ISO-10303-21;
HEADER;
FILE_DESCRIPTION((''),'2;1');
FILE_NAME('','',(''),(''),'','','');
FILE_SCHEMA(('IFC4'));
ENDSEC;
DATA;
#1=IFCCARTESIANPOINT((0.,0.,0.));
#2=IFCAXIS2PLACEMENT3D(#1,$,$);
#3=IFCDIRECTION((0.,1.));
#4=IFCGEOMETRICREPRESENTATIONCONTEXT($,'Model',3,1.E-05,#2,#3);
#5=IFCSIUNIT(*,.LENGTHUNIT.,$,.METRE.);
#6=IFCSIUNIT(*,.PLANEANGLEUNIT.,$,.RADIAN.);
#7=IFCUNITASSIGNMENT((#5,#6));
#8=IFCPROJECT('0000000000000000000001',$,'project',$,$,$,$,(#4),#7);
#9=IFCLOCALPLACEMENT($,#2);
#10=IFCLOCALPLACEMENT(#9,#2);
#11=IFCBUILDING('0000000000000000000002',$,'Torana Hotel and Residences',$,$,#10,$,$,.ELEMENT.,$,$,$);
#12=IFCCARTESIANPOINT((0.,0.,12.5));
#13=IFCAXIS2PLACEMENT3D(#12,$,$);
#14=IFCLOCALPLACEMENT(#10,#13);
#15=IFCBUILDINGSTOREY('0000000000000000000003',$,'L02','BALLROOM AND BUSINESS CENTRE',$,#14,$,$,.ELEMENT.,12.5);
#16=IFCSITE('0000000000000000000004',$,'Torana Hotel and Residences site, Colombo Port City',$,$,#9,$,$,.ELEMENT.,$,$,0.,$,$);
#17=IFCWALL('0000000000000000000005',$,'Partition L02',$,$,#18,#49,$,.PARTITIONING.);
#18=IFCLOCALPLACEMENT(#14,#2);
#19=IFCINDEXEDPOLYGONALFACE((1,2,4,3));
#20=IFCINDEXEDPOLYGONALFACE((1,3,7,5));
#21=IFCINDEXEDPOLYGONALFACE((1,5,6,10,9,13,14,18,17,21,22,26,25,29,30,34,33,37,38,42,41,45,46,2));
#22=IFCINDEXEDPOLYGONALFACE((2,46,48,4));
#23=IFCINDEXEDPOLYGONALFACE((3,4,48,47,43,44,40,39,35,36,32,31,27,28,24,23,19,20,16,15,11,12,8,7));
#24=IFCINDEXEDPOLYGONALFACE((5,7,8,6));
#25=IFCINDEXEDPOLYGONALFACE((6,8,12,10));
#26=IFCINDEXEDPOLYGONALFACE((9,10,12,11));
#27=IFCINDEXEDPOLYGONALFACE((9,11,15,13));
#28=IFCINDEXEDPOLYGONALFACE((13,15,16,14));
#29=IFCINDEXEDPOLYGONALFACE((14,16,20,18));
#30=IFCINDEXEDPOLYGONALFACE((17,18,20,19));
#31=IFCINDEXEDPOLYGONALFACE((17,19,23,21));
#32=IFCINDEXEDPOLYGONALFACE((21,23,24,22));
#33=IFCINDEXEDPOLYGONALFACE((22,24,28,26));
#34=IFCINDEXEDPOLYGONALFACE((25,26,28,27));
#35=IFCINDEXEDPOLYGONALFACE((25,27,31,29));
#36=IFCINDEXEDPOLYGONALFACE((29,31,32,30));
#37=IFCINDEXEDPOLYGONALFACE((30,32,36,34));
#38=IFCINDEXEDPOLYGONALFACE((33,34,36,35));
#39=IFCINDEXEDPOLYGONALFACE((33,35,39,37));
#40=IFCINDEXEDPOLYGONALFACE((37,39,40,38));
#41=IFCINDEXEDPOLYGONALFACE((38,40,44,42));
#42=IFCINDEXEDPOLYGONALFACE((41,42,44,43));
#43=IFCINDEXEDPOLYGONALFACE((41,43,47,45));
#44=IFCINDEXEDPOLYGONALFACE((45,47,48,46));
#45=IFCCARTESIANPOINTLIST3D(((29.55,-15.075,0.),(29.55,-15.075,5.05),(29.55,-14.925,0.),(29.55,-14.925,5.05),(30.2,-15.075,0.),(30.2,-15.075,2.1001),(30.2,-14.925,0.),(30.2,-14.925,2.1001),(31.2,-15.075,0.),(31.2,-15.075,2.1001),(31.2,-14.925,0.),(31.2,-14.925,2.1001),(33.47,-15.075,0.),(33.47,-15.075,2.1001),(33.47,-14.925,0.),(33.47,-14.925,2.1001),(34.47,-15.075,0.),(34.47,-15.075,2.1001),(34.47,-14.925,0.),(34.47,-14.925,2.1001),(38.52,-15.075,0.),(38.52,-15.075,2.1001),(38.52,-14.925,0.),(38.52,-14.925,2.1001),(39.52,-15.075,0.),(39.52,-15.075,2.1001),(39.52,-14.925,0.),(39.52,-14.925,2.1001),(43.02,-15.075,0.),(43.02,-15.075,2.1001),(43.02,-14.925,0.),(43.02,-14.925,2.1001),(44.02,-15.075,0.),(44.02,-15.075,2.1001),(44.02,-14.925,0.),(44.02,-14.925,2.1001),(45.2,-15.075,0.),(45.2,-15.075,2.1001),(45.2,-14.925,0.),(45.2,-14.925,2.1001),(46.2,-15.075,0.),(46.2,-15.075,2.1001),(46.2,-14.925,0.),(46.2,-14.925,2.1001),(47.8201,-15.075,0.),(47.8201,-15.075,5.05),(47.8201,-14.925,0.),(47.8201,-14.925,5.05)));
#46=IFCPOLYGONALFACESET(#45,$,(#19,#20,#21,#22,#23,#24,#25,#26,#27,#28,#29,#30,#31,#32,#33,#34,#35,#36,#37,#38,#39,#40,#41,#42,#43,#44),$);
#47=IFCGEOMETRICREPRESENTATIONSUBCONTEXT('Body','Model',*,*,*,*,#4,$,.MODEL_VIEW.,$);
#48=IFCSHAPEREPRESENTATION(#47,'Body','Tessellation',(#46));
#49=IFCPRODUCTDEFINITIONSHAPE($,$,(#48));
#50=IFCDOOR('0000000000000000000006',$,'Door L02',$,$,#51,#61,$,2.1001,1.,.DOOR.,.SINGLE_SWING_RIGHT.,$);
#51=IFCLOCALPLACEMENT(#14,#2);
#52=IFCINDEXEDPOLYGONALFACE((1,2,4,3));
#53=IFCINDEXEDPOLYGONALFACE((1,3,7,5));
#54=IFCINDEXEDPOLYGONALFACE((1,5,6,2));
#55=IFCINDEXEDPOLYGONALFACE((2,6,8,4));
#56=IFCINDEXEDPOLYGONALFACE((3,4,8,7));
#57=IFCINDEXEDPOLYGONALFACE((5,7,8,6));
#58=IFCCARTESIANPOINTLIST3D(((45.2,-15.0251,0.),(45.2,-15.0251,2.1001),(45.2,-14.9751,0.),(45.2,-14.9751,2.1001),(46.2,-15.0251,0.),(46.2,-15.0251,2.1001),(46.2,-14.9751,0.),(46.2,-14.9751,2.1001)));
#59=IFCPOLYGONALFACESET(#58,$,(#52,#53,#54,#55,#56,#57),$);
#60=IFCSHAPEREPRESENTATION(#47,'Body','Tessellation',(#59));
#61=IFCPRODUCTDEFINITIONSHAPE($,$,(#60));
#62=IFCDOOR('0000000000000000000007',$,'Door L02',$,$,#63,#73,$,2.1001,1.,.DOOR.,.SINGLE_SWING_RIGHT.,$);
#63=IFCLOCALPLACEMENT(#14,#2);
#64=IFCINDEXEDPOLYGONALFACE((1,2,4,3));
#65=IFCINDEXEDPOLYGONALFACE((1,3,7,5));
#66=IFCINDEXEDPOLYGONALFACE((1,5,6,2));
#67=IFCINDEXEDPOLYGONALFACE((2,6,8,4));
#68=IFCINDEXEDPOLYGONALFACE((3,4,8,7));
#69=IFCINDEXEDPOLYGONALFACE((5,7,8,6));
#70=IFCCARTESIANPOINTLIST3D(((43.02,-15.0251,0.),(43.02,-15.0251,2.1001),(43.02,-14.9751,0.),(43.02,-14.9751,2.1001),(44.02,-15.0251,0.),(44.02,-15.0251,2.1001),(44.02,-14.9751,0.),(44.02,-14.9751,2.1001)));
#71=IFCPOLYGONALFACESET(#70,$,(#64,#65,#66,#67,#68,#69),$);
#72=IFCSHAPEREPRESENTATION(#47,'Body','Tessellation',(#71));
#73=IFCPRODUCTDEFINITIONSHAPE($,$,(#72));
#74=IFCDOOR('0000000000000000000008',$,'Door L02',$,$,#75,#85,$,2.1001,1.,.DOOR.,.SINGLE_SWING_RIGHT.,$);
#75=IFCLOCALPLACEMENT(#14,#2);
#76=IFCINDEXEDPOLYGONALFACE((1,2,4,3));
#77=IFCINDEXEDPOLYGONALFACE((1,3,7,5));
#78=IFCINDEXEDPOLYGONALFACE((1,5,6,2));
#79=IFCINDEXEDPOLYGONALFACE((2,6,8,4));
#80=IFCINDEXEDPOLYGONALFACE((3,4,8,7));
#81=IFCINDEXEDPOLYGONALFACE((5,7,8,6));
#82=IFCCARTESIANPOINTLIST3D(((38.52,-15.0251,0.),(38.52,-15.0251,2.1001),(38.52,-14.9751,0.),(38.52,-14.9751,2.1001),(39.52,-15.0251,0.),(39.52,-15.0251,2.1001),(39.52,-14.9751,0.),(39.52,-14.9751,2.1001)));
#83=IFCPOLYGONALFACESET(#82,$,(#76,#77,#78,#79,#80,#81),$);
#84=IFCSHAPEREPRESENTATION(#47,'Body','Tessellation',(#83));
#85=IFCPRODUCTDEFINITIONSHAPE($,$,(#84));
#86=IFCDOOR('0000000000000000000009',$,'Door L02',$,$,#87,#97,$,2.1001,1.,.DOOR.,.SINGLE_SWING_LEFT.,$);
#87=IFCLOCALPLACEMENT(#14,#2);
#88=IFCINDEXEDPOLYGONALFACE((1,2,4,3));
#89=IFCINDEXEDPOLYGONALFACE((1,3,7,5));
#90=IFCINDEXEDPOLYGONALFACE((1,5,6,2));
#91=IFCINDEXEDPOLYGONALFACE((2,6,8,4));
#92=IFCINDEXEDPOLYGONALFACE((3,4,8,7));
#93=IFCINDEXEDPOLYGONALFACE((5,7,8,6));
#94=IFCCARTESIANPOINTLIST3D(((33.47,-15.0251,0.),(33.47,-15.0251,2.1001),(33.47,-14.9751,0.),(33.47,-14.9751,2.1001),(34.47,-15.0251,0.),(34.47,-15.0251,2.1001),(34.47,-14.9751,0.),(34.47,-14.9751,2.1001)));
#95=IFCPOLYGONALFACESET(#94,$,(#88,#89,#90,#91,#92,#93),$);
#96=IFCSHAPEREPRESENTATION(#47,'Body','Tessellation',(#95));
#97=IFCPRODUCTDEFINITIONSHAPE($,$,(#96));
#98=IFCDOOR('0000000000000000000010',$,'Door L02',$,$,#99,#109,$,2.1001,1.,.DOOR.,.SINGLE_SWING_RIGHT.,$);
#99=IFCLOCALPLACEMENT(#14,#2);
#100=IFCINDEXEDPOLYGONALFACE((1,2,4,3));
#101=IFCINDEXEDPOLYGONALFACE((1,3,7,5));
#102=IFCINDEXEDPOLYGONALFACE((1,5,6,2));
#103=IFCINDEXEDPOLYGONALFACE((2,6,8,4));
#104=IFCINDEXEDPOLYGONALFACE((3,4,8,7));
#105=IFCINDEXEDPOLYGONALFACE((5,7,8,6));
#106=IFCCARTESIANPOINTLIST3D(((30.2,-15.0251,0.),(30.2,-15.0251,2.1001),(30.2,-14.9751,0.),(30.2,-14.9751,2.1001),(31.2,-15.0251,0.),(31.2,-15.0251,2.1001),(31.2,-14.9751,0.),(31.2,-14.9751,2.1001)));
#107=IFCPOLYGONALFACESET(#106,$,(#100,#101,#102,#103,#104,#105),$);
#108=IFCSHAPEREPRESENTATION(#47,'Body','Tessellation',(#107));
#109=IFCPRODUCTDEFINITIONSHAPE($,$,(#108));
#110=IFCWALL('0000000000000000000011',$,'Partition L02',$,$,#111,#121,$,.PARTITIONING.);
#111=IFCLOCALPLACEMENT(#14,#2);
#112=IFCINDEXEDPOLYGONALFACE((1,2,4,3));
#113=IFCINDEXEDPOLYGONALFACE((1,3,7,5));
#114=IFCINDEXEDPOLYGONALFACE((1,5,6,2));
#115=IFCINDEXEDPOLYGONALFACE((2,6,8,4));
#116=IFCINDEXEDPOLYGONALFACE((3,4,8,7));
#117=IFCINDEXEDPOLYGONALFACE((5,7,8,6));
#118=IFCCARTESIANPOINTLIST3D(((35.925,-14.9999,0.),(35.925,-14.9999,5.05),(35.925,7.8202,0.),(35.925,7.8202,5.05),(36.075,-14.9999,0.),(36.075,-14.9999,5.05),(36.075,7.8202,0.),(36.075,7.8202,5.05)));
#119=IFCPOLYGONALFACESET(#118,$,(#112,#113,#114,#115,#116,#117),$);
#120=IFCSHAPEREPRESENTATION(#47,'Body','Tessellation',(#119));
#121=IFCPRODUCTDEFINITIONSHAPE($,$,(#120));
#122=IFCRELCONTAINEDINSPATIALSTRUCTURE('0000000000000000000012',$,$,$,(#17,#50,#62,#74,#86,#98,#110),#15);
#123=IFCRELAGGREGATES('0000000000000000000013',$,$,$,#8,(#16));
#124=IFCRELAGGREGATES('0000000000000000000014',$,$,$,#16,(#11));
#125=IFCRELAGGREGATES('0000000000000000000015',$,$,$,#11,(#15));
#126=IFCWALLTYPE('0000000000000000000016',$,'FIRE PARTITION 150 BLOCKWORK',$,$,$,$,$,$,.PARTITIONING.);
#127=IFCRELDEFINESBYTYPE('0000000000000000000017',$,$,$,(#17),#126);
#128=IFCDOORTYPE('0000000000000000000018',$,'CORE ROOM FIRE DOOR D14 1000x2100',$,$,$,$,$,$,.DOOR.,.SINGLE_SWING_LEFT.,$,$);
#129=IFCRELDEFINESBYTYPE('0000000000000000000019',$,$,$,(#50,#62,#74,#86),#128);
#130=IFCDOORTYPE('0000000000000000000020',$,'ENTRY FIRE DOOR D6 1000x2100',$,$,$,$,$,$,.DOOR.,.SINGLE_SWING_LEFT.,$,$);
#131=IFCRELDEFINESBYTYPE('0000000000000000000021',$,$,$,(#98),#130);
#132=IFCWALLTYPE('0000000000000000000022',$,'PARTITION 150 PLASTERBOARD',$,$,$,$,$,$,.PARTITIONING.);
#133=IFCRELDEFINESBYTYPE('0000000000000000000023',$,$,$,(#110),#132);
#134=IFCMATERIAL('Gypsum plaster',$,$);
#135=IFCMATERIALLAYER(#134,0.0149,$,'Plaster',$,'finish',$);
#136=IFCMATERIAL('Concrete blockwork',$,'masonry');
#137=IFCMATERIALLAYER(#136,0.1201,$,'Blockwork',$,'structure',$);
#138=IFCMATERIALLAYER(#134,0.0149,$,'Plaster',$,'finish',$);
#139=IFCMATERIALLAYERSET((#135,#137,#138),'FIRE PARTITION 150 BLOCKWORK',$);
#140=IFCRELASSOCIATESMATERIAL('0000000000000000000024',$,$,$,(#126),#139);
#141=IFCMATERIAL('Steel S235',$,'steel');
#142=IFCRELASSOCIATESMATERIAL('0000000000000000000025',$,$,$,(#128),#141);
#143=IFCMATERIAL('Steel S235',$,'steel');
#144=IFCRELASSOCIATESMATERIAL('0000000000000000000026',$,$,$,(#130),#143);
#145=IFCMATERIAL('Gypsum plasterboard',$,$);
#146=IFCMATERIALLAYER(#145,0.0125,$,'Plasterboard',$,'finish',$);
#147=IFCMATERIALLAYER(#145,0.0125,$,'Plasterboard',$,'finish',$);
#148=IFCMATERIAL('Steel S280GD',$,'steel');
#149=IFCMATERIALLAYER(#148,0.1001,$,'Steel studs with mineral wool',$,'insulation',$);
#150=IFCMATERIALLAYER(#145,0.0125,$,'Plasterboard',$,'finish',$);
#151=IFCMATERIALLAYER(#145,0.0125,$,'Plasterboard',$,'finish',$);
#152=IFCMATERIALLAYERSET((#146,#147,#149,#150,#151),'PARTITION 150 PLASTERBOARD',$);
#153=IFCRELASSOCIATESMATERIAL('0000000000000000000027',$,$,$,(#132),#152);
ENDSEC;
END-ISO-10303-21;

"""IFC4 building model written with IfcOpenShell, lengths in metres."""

from ifc_helpers import new_model, si_unit, direction, frame, frame_2d, origin, place, context, subcontext, project, spatial, rectangle, extrude, material, layer, layer_set, type_object, element, fill, save


model = new_model("IFC4")

# Units and contexts
model_context = context("Model", 3, precision=1e-05, world=origin(), true_north=direction((0.0, 1.0)))
body_context = subcontext(model_context, "Body", "Model", "MODEL_VIEW")
ifc_project = project(units=[si_unit("LENGTHUNIT", "METRE"), si_unit("PLANEANGLEUNIT", "RADIAN")], contexts=[model_context])

# Site, building, storey
site_placement = place(None, origin())
site = spatial("IfcSite", under=ifc_project, at=site_placement, Name="Torana Hotel and Residences site, Colombo Port City", CompositionType="ELEMENT", RefElevation=0.0)
building_placement = place(site_placement, origin())
building = spatial("IfcBuilding", under=site, at=building_placement, Name="Torana Hotel and Residences", CompositionType="ELEMENT")
storey_placement = place(building_placement, frame((0.0, 0.0, 12.5)))
storey = spatial("IfcBuildingStorey", under=building, at=storey_placement, Name="L02", Description="BALLROOM AND BUSINESS CENTRE", CompositionType="ELEMENT", Elevation=12.5)

# Shared definitions
ifc_material_1 = material(Name="Gypsum plaster")
ifc_layer_1 = layer(ifc_material_1, 0.0149, Name="Plaster", Category="finish")
ifc_material_2 = material(Name="Concrete blockwork", Category="masonry")
ifc_layer_2 = layer(ifc_material_2, 0.1201, Name="Blockwork", Category="structure")
ifc_layer_3 = layer(ifc_material_1, 0.0149, Name="Plaster", Category="finish")
ifc_layer_set_1 = layer_set([ifc_layer_1, ifc_layer_2, ifc_layer_3], Name="FIRE PARTITION 150 BLOCKWORK")
wall_type_1 = type_object("IfcWallType", Name="FIRE PARTITION 150 BLOCKWORK", PredefinedType="PARTITIONING", material=ifc_layer_set_1)

# Wall, openings, doors
wall_1_placement = place(storey_placement, frame((29.55, -15.0, 0.0), z_axis=(0.0, 0.0, 1.0), x_axis=(1.0, 0.0, 0.0)))
wall_1 = element("IfcWall", 1, at=wall_1_placement, inside=storey, type_object=wall_type_1, Name="Partition L02", PredefinedType="PARTITIONING", context=body_context, shape_type="SweptSolid", body=[
    extrude(rectangle(XDim=18.27, YDim=0.1499, at=frame_2d((9.135, 0.0))), origin(), (0.0, 0.0, 1.0), 5.05),
])
opening_1_placement = place(wall_1_placement, frame((15.6499, 0.0, 0.0)))
opening_1 = element("IfcOpeningElement", 2, at=opening_1_placement, cuts=wall_1, PredefinedType="OPENING", context=body_context, shape_type="SweptSolid", body=[
    extrude(rectangle(XDim=1.0, YDim=2.1001, at=frame_2d((0.5, 1.05))), frame((0.0, 0.085, 0.0), z_axis=(0.0, -1.0, 0.0), x_axis=(1.0, 0.0, 0.0)), (0.0, 0.0, 1.0), 0.1699),
])
opening_2_placement = place(wall_1_placement, frame((13.47, 0.0, 0.0)))
opening_2 = element("IfcOpeningElement", 3, at=opening_2_placement, cuts=wall_1, PredefinedType="OPENING", context=body_context, shape_type="SweptSolid", body=[
    extrude(rectangle(XDim=1.0, YDim=2.1001, at=frame_2d((0.5, 1.05))), frame((0.0, 0.085, 0.0), z_axis=(0.0, -1.0, 0.0), x_axis=(1.0, 0.0, 0.0)), (0.0, 0.0, 1.0), 0.1699),
])
opening_3_placement = place(wall_1_placement, frame((8.97, 0.0, 0.0)))
opening_3 = element("IfcOpeningElement", 4, at=opening_3_placement, cuts=wall_1, PredefinedType="OPENING", context=body_context, shape_type="SweptSolid", body=[
    extrude(rectangle(XDim=1.0, YDim=2.1001, at=frame_2d((0.5, 1.05))), frame((0.0, 0.085, 0.0), z_axis=(0.0, -1.0, 0.0), x_axis=(1.0, 0.0, 0.0)), (0.0, 0.0, 1.0), 0.1699),
])
opening_4_placement = place(wall_1_placement, frame((3.9199, 0.0, 0.0)))
opening_4 = element("IfcOpeningElement", 5, at=opening_4_placement, cuts=wall_1, PredefinedType="OPENING", context=body_context, shape_type="SweptSolid", body=[
    extrude(rectangle(XDim=1.0, YDim=2.1001, at=frame_2d((0.5, 1.05))), frame((0.0, 0.085, 0.0), z_axis=(0.0, -1.0, 0.0), x_axis=(1.0, 0.0, 0.0)), (0.0, 0.0, 1.0), 0.1699),
])
opening_5_placement = place(wall_1_placement, frame((0.6499, 0.0, 0.0)))
opening_5 = element("IfcOpeningElement", 6, at=opening_5_placement, cuts=wall_1, PredefinedType="OPENING", context=body_context, shape_type="SweptSolid", body=[
    extrude(rectangle(XDim=1.0, YDim=2.1001, at=frame_2d((0.5, 1.05))), frame((0.0, 0.085, 0.0), z_axis=(0.0, -1.0, 0.0), x_axis=(1.0, 0.0, 0.0)), (0.0, 0.0, 1.0), 0.1699),
])
ifc_material_3 = material(Name="Steel S235", Category="steel")
door_type_1 = type_object("IfcDoorType", Name="CORE ROOM FIRE DOOR D14 1000x2100", OperationType="SINGLE_SWING_LEFT", PredefinedType="DOOR", material=ifc_material_3)
door_1_placement = place(opening_1_placement, origin())
door_1 = element("IfcDoor", 7, at=door_1_placement, inside=storey, type_object=door_type_1, Name="Door L02", OperationType="SINGLE_SWING_RIGHT", OverallHeight=2.1001, OverallWidth=1.0, PredefinedType="DOOR", context=body_context, shape_type="SweptSolid", body=[
    extrude(rectangle(XDim=1.0, YDim=2.1001, at=frame_2d((0.5, 1.05))), frame((0.0, 0.0249, 0.0), z_axis=(0.0, -1.0, 0.0), x_axis=(1.0, 0.0, 0.0)), (0.0, 0.0, 1.0), 0.05),
])
fill(opening_1, door_1)
door_2_placement = place(opening_2_placement, origin())
door_2 = element("IfcDoor", 8, at=door_2_placement, inside=storey, type_object=door_type_1, Name="Door L02", OperationType="SINGLE_SWING_RIGHT", OverallHeight=2.1001, OverallWidth=1.0, PredefinedType="DOOR", context=body_context, shape_type="SweptSolid", body=[
    extrude(rectangle(XDim=1.0, YDim=2.1001, at=frame_2d((0.5, 1.05))), frame((0.0, 0.0249, 0.0), z_axis=(0.0, -1.0, 0.0), x_axis=(1.0, 0.0, 0.0)), (0.0, 0.0, 1.0), 0.05),
])
fill(opening_2, door_2)
door_3_placement = place(opening_3_placement, origin())
door_3 = element("IfcDoor", 9, at=door_3_placement, inside=storey, type_object=door_type_1, Name="Door L02", OperationType="SINGLE_SWING_RIGHT", OverallHeight=2.1001, OverallWidth=1.0, PredefinedType="DOOR", context=body_context, shape_type="SweptSolid", body=[
    extrude(rectangle(XDim=1.0, YDim=2.1001, at=frame_2d((0.5, 1.05))), frame((0.0, 0.0249, 0.0), z_axis=(0.0, -1.0, 0.0), x_axis=(1.0, 0.0, 0.0)), (0.0, 0.0, 1.0), 0.05),
])
fill(opening_3, door_3)
door_4_placement = place(opening_4_placement, origin())
door_4 = element("IfcDoor", 10, at=door_4_placement, inside=storey, type_object=door_type_1, Name="Door L02", OperationType="SINGLE_SWING_LEFT", OverallHeight=2.1001, OverallWidth=1.0, PredefinedType="DOOR", context=body_context, shape_type="SweptSolid", body=[
    extrude(rectangle(XDim=1.0, YDim=2.1001, at=frame_2d((0.5, 1.05))), frame((0.0, 0.0249, 0.0), z_axis=(0.0, -1.0, 0.0), x_axis=(1.0, 0.0, 0.0)), (0.0, 0.0, 1.0), 0.05),
])
fill(opening_4, door_4)
ifc_material_4 = material(Name="Steel S235", Category="steel")
door_type_2 = type_object("IfcDoorType", Name="ENTRY FIRE DOOR D6 1000x2100", OperationType="SINGLE_SWING_LEFT", PredefinedType="DOOR", material=ifc_material_4)
door_5_placement = place(opening_5_placement, origin())
door_5 = element("IfcDoor", 11, at=door_5_placement, inside=storey, type_object=door_type_2, Name="Door L02", OperationType="SINGLE_SWING_RIGHT", OverallHeight=2.1001, OverallWidth=1.0, PredefinedType="DOOR", context=body_context, shape_type="SweptSolid", body=[
    extrude(rectangle(XDim=1.0, YDim=2.1001, at=frame_2d((0.5, 1.05))), frame((0.0, 0.0249, 0.0), z_axis=(0.0, -1.0, 0.0), x_axis=(1.0, 0.0, 0.0)), (0.0, 0.0, 1.0), 0.05),
])
fill(opening_5, door_5)

# Wall
ifc_material_5 = material(Name="Gypsum plasterboard")
ifc_layer_4 = layer(ifc_material_5, 0.0125, Name="Plasterboard", Category="finish")
ifc_layer_5 = layer(ifc_material_5, 0.0125, Name="Plasterboard", Category="finish")
ifc_material_6 = material(Name="Steel S280GD", Category="steel")
ifc_layer_6 = layer(ifc_material_6, 0.1001, Name="Steel studs with mineral wool", Category="insulation")
ifc_layer_7 = layer(ifc_material_5, 0.0125, Name="Plasterboard", Category="finish")
ifc_layer_8 = layer(ifc_material_5, 0.0125, Name="Plasterboard", Category="finish")
ifc_layer_set_2 = layer_set([ifc_layer_4, ifc_layer_5, ifc_layer_6, ifc_layer_7, ifc_layer_8], Name="PARTITION 150 PLASTERBOARD")
wall_type_2 = type_object("IfcWallType", Name="PARTITION 150 PLASTERBOARD", PredefinedType="PARTITIONING", material=ifc_layer_set_2)
wall_2_placement = place(storey_placement, frame((36.0, -15.0, 0.0), z_axis=(0.0, 0.0, 1.0), x_axis=(0.0, 1.0, 0.0)))
element("IfcWall", 12, at=wall_2_placement, inside=storey, type_object=wall_type_2, Name="Partition L02", PredefinedType="PARTITIONING", context=body_context, shape_type="SweptSolid", body=[
    extrude(rectangle(XDim=22.8201, YDim=0.1499, at=frame_2d((11.4102, 0.0))), origin(), (0.0, 0.0, 1.0), 5.05),
])

save(model, "model.ifc")
